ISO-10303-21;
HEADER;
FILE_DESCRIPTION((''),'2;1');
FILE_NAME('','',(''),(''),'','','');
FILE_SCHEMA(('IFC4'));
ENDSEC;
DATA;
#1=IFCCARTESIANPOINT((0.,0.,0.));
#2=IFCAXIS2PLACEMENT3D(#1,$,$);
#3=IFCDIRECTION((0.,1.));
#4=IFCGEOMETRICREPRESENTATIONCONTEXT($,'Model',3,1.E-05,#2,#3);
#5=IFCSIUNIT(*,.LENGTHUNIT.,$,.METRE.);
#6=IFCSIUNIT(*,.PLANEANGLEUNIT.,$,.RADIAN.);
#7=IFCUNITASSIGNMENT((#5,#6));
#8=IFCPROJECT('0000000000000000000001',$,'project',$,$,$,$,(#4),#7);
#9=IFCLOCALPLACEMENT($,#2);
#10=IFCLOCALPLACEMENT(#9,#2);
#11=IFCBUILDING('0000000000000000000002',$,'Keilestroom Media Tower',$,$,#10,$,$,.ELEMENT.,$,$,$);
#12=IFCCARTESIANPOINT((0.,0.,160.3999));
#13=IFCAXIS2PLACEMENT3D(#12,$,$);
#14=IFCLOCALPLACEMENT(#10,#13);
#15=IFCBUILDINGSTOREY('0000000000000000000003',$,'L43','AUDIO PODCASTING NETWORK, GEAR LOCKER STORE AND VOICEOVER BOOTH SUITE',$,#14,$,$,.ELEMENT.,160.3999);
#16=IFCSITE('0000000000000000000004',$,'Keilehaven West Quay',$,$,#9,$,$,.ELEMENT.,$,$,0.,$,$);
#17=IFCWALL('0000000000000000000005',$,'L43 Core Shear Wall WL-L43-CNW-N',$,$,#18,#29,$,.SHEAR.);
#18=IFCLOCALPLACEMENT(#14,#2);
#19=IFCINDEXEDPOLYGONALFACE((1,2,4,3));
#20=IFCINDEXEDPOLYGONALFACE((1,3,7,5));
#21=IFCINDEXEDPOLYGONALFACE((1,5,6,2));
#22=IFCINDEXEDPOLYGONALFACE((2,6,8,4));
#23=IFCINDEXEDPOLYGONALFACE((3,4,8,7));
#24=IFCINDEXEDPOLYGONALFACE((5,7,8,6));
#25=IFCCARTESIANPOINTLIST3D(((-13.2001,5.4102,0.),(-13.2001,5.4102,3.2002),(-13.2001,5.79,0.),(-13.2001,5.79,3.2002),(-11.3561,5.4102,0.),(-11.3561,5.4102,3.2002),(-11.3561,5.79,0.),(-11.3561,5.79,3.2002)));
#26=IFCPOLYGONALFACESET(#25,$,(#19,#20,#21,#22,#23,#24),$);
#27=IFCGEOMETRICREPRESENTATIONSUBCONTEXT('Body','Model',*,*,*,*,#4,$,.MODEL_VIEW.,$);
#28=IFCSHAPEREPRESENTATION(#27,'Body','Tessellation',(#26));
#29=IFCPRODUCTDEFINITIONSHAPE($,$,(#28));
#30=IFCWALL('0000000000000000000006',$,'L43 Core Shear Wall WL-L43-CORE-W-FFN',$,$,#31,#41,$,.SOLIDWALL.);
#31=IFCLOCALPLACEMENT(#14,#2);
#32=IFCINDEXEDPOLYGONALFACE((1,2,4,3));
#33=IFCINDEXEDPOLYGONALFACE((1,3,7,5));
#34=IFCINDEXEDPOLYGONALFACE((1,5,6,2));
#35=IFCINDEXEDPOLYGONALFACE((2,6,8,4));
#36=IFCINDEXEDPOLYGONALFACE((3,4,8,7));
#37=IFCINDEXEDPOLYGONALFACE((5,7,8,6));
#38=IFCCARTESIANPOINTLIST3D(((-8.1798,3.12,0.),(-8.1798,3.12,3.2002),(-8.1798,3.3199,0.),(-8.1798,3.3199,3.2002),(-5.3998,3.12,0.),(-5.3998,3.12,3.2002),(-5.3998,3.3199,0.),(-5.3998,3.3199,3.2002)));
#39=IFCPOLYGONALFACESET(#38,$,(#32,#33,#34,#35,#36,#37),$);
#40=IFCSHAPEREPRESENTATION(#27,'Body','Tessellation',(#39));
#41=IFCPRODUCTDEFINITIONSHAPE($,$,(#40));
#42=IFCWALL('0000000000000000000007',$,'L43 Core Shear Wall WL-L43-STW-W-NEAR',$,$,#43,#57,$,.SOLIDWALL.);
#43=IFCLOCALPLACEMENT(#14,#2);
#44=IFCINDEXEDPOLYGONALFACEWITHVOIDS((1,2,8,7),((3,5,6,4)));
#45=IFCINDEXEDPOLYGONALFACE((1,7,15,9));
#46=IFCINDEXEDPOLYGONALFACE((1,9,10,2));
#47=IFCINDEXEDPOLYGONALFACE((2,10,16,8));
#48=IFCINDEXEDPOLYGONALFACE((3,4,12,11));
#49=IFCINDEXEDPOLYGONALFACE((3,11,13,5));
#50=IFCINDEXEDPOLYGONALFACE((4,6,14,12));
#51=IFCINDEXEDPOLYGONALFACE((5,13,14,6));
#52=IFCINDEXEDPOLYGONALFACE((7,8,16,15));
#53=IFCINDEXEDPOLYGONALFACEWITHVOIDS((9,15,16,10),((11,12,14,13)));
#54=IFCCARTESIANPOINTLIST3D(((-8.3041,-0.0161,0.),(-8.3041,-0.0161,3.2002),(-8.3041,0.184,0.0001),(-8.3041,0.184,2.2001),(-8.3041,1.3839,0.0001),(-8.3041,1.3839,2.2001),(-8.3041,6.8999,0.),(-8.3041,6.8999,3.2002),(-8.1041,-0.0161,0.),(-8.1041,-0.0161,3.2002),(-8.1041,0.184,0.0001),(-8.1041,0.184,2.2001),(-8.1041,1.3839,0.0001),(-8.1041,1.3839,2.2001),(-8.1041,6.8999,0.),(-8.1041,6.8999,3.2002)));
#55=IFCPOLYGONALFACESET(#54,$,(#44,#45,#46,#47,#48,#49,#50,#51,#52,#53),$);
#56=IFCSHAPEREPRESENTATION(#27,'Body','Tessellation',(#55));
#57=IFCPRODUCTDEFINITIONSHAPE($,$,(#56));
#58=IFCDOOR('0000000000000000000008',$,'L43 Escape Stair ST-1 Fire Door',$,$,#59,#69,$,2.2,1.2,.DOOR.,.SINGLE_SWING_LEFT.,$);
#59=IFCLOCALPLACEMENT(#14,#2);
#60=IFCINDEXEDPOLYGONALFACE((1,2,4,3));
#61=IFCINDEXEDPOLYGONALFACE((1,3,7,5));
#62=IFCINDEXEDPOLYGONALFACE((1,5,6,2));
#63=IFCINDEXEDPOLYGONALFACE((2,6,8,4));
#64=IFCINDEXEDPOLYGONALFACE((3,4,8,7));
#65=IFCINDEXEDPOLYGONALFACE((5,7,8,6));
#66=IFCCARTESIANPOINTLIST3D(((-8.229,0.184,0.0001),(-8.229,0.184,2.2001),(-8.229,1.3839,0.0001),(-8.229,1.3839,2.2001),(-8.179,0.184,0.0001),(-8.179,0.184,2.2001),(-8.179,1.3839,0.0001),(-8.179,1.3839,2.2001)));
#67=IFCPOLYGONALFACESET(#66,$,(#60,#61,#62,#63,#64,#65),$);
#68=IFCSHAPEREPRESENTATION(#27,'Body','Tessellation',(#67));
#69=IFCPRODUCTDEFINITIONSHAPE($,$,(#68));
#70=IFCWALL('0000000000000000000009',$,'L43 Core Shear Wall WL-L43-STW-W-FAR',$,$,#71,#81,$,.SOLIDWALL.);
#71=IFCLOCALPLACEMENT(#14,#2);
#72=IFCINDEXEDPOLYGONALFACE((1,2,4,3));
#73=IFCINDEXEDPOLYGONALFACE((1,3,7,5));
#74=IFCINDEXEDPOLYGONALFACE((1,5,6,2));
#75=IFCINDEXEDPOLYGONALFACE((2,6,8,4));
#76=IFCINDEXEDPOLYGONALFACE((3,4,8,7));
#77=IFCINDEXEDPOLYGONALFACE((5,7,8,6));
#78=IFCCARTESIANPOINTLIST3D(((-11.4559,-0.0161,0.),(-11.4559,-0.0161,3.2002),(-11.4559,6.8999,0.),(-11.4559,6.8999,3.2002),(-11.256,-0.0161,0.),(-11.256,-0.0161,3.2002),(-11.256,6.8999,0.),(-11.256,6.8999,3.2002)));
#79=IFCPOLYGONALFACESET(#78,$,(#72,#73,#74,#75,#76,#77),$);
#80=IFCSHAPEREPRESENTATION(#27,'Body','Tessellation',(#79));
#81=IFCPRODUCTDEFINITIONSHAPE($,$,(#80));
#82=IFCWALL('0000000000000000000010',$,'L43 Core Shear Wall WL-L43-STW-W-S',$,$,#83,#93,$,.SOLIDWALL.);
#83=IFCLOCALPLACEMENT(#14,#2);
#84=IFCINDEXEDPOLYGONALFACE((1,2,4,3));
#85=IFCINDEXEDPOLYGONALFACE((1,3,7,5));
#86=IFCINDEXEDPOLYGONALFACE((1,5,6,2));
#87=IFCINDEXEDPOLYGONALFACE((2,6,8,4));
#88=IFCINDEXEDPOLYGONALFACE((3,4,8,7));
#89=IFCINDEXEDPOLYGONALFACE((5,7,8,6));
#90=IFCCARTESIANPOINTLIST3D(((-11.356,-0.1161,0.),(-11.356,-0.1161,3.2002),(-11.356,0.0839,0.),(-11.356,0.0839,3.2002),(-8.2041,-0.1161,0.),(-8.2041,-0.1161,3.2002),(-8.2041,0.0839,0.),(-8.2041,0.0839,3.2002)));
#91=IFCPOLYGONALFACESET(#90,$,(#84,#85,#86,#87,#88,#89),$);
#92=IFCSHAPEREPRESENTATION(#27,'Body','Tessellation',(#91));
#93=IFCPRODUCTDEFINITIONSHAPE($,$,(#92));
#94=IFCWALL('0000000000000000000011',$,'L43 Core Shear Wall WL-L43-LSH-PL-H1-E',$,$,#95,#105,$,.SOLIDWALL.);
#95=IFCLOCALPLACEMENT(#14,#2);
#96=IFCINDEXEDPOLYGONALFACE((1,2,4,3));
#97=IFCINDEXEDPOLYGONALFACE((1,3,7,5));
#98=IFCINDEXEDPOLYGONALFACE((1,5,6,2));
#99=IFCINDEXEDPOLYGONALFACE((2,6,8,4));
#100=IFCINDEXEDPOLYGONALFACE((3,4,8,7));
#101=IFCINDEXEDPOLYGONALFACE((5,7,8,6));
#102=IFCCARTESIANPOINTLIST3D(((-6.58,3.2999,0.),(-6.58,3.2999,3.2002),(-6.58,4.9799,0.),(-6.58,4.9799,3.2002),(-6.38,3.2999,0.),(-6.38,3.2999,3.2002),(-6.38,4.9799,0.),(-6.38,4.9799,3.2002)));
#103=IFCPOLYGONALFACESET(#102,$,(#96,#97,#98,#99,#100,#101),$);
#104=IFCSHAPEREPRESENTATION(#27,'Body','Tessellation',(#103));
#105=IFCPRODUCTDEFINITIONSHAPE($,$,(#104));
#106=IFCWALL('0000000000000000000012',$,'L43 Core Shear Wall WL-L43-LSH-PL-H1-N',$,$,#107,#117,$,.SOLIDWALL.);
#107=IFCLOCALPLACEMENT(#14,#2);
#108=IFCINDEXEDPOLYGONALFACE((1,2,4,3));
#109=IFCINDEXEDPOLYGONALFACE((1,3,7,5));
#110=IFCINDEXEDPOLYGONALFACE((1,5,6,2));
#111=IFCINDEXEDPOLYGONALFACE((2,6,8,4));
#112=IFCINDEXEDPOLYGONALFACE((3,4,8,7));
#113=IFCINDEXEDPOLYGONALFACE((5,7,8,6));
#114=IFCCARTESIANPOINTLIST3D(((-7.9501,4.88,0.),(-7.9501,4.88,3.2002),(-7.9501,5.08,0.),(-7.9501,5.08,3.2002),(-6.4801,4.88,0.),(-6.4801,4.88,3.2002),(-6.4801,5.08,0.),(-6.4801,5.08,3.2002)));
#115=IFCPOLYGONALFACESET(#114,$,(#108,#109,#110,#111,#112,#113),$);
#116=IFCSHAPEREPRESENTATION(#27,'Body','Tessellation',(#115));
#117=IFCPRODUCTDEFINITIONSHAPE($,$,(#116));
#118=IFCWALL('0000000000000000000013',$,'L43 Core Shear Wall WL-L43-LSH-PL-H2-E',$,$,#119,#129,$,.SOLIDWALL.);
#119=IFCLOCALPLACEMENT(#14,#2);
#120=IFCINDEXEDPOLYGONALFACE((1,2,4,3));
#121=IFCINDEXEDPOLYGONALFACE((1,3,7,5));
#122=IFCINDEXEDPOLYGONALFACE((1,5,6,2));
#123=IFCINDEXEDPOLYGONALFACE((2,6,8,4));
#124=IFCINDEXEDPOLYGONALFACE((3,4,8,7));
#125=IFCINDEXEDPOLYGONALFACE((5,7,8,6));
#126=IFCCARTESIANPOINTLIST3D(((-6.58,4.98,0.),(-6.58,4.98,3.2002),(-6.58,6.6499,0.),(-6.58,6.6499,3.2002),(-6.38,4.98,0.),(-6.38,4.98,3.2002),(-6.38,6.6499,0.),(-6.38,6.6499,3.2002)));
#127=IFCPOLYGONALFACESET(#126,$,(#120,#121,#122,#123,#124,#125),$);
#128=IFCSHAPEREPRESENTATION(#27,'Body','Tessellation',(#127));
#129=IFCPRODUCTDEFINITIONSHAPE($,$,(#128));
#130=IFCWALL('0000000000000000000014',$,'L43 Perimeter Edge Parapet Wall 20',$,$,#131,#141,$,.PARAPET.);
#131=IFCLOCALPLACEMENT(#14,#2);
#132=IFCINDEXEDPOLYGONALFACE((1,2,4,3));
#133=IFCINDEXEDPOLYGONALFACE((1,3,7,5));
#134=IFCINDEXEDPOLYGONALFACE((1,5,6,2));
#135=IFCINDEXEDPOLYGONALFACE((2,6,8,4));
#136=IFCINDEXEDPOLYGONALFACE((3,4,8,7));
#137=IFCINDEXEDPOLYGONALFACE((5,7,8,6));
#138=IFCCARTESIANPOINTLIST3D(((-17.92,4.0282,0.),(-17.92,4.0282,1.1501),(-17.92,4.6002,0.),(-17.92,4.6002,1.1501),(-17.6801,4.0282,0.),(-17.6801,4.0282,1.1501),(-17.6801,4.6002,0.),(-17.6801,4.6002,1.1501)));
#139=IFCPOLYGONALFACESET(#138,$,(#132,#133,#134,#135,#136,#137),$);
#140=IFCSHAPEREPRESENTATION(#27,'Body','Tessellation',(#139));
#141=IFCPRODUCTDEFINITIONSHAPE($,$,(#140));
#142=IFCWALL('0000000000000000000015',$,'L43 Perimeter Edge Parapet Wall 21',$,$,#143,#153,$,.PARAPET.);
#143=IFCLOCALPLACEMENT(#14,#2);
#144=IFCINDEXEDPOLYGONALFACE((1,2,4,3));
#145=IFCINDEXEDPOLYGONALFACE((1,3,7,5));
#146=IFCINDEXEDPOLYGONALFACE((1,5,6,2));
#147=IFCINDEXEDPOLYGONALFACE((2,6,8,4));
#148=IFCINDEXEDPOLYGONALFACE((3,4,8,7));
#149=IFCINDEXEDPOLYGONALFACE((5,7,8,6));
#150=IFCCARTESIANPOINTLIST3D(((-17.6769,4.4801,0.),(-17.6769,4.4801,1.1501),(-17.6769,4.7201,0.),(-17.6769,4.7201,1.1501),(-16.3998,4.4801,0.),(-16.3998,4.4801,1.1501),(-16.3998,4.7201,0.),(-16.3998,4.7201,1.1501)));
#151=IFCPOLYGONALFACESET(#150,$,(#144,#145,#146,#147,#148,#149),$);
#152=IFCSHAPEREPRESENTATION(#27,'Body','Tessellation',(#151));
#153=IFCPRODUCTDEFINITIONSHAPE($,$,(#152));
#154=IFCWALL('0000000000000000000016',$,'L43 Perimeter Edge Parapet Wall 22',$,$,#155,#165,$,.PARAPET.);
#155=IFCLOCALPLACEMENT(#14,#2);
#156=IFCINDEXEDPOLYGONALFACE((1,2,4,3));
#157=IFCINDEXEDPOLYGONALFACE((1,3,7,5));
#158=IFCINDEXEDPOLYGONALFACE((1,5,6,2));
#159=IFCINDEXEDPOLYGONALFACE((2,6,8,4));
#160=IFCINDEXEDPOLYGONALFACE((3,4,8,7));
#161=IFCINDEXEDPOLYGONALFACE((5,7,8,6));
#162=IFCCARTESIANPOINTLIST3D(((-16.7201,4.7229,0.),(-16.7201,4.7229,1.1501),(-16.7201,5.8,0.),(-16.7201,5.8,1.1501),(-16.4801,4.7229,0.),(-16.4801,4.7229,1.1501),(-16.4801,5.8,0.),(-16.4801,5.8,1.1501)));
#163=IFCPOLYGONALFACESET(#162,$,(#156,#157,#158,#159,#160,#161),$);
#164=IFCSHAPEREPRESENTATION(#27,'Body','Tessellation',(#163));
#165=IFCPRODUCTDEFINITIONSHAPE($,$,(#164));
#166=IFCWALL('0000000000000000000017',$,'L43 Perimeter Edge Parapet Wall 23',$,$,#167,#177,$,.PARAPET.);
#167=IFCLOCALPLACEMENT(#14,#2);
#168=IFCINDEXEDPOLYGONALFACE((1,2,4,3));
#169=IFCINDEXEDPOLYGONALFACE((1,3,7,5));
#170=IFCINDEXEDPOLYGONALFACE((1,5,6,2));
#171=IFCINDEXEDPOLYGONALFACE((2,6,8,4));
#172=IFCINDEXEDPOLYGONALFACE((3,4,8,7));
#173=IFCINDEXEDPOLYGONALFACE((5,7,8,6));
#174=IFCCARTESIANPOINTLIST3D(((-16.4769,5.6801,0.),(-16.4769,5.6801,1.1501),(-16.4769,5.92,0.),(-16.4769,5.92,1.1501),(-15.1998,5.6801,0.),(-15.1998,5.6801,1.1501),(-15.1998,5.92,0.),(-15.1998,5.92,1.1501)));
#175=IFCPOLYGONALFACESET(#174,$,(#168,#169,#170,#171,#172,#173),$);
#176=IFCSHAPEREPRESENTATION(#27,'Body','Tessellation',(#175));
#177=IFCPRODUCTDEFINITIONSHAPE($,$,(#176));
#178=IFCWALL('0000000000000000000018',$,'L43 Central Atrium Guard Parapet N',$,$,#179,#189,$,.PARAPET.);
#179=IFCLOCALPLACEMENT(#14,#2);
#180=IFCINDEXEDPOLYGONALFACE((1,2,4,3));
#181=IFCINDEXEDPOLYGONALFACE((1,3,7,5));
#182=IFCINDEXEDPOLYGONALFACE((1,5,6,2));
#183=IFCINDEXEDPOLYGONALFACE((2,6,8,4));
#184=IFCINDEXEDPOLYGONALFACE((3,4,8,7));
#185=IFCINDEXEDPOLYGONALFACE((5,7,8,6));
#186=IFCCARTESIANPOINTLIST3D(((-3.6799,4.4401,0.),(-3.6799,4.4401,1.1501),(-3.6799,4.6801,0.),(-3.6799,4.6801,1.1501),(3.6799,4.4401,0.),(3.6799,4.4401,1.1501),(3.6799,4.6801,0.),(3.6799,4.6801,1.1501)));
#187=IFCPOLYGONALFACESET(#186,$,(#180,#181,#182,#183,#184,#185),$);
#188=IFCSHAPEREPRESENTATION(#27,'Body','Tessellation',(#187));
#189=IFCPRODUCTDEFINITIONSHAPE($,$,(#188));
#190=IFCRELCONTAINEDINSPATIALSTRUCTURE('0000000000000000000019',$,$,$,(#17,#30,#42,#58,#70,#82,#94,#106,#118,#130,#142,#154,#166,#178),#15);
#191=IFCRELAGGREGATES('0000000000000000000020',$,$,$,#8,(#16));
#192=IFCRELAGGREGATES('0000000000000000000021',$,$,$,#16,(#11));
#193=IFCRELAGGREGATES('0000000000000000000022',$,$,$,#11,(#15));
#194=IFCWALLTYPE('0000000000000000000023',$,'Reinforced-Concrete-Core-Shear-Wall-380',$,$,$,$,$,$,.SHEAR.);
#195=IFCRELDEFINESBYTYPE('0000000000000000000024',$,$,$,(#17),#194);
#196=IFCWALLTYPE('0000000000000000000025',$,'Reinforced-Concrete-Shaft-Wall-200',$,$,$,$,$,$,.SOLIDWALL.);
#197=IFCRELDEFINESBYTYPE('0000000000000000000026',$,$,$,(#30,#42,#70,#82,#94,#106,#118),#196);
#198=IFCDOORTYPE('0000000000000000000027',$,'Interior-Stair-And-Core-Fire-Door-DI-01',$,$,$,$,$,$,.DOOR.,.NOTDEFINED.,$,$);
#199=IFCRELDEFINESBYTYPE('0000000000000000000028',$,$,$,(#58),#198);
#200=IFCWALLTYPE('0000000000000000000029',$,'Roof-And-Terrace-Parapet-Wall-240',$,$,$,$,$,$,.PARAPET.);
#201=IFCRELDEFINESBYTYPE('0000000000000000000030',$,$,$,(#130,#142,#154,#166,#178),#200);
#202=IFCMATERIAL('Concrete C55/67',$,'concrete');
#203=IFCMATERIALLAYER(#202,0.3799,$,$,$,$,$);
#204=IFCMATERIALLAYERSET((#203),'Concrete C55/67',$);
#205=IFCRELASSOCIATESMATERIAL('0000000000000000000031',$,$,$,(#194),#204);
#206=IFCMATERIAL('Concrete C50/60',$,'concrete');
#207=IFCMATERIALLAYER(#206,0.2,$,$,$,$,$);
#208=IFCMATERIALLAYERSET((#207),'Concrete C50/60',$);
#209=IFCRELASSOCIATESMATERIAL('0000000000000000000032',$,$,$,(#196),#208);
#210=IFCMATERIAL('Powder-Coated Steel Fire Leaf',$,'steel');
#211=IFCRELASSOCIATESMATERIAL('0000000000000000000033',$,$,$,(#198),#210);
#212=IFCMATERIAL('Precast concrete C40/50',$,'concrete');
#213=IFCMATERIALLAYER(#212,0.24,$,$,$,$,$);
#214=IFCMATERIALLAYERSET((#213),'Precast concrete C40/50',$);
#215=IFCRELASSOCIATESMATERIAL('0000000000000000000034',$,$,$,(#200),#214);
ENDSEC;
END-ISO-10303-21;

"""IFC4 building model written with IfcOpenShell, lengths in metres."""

from ifc_helpers import new_model, si_unit, direction, frame, frame_2d, origin, place, context, subcontext, project, spatial, rectangle, extrude, source, transform, mapped, material, layer, layer_set, type_object, element, fill, save


model = new_model("IFC4")

# Units and contexts
model_context = context("Model", 3, precision=1e-05, world=origin(), true_north=direction((0.0, 1.0)))
body_context = subcontext(model_context, "Body", "Model", "MODEL_VIEW")
ifc_project = project(units=[si_unit("LENGTHUNIT", "METRE"), si_unit("PLANEANGLEUNIT", "RADIAN")], contexts=[model_context])

# Site, building, storey
site_placement = place(None, origin())
site = spatial("IfcSite", under=ifc_project, at=site_placement, Name="Keilehaven West Quay", CompositionType="ELEMENT", RefElevation=0.0)
building_placement = place(site_placement, origin())
building = spatial("IfcBuilding", under=site, at=building_placement, Name="Keilestroom Media Tower", CompositionType="ELEMENT")
storey_placement = place(building_placement, frame((0.0, 0.0, 160.3999)))
storey = spatial("IfcBuildingStorey", under=building, at=storey_placement, Name="L43", Description="AUDIO PODCASTING NETWORK, GEAR LOCKER STORE AND VOICEOVER BOOTH SUITE", CompositionType="ELEMENT", Elevation=160.3999)

# Shared definitions
ifc_material_1 = material(Name="Precast concrete C40/50", Category="concrete")
ifc_material_2 = material(Name="Concrete C55/67", Category="concrete")

# Shared definitions
ifc_material_3 = material(Name="Concrete C50/60", Category="concrete")

# Walls
ifc_layer_1 = layer(ifc_material_2, 0.3799)
ifc_layer_set_1 = layer_set([ifc_layer_1], Name="Concrete C55/67")
wall_type_1 = type_object("IfcWallType", Name="Reinforced-Concrete-Core-Shear-Wall-380", PredefinedType="SHEAR", material=ifc_layer_set_1)
wall_1_placement = place(storey_placement, frame((-13.2, 5.6001, 0.0), z_axis=(0.0, 0.0, 1.0), x_axis=(1.0, 0.0, 0.0)))
element("IfcWall", 1, at=wall_1_placement, inside=storey, type_object=wall_type_1, Name="L43 Core Shear Wall WL-L43-CNW-N", PredefinedType="SHEAR", context=body_context, shape_type="SweptSolid", body=[
    extrude(rectangle(XDim=1.844, YDim=0.3799, at=frame_2d((0.9219, 0.0))), origin(), (0.0, 0.0, 1.0), 3.2002),
])
ifc_layer_2 = layer(ifc_material_3, 0.2)
ifc_layer_set_2 = layer_set([ifc_layer_2], Name="Concrete C50/60")
wall_type_2 = type_object("IfcWallType", Name="Reinforced-Concrete-Shaft-Wall-200", PredefinedType="SOLIDWALL", material=ifc_layer_set_2)
wall_2_placement = place(storey_placement, frame((-8.1799, 3.22, 0.0), z_axis=(0.0, 0.0, 1.0), x_axis=(1.0, 0.0, 0.0)))
element("IfcWall", 2, at=wall_2_placement, inside=storey, type_object=wall_type_2, Name="L43 Core Shear Wall WL-L43-CORE-W-FFN", PredefinedType="SOLIDWALL", context=body_context, shape_type="SweptSolid", body=[
    extrude(rectangle(XDim=2.78, YDim=0.2, at=frame_2d((1.3901, 0.0))), origin(), (0.0, 0.0, 1.0), 3.2002),
])

# Wall, opening, door
wall_3_placement = place(storey_placement, frame((-8.2041, -0.0161, 0.0), z_axis=(0.0, 0.0, 1.0), x_axis=(0.0, 1.0, 0.0)))
wall_3 = element("IfcWall", 3, at=wall_3_placement, inside=storey, type_object=wall_type_2, Name="L43 Core Shear Wall WL-L43-STW-W-NEAR", PredefinedType="SOLIDWALL", context=body_context, shape_type="SweptSolid", body=[
    extrude(rectangle(XDim=6.916, YDim=0.2, at=frame_2d((3.458, 0.0))), origin(), (0.0, 0.0, 1.0), 3.2002),
])
opening_placement = place(wall_3_placement, frame((0.2, 0.0, 0.0)))
opening = element("IfcOpeningElement", 4, at=opening_placement, cuts=wall_3, PredefinedType="OPENING", context=body_context, shape_type="SweptSolid", body=[
    extrude(rectangle(XDim=1.2, YDim=2.2, at=frame_2d((0.6001, 1.1001))), frame((0.0, 0.1099, 0.0), z_axis=(0.0, -1.0, 0.0), x_axis=(1.0, 0.0, 0.0)), (0.0, 0.0, 1.0), 0.22),
])
ifc_material_4 = material(Name="Powder-Coated Steel Fire Leaf", Category="steel")
door_type = type_object("IfcDoorType", Name="Interior-Stair-And-Core-Fire-Door-DI-01", OperationType="NOTDEFINED", PredefinedType="DOOR", material=ifc_material_4)
shared_shape_1 = source(origin(), body_context, "Body", "SweptSolid", [
    extrude(rectangle(XDim=1.2, YDim=2.2, at=frame_2d((0.6001, 1.1001))), frame((0.0, 0.0249, 0.0), z_axis=(0.0, -1.0, 0.0), x_axis=(1.0, 0.0, 0.0)), (0.0, 0.0, 1.0), 0.05),
])
door_placement = place(opening_placement, origin())
door = element("IfcDoor", 5, at=door_placement, inside=storey, type_object=door_type, Name="L43 Escape Stair ST-1 Fire Door", OperationType="SINGLE_SWING_LEFT", OverallHeight=2.2, OverallWidth=1.2, PredefinedType="DOOR", context=body_context, shape_type="MappedRepresentation", body=[
    mapped(shared_shape_1, transform((0.0, 0.0, 0.0), x_axis=(1.0, 0.0, 0.0), y_axis=(0.0, 1.0, 0.0), z_axis=(0.0, 0.0, 1.0), scale=1.0)),
])
fill(opening, door)

# Walls
wall_4_placement = place(storey_placement, frame((-11.356, -0.0161, 0.0), z_axis=(0.0, 0.0, 1.0), x_axis=(0.0, 1.0, 0.0)))
element("IfcWall", 6, at=wall_4_placement, inside=storey, type_object=wall_type_2, Name="L43 Core Shear Wall WL-L43-STW-W-FAR", PredefinedType="SOLIDWALL", context=body_context, shape_type="SweptSolid", body=[
    extrude(rectangle(XDim=6.916, YDim=0.2, at=frame_2d((3.458, 0.0))), origin(), (0.0, 0.0, 1.0), 3.2002),
])
wall_5_placement = place(storey_placement, frame((-11.356, -0.0161, 0.0), z_axis=(0.0, 0.0, 1.0), x_axis=(1.0, 0.0, 0.0)))
element("IfcWall", 7, at=wall_5_placement, inside=storey, type_object=wall_type_2, Name="L43 Core Shear Wall WL-L43-STW-W-S", PredefinedType="SOLIDWALL", context=body_context, shape_type="SweptSolid", body=[
    extrude(rectangle(XDim=3.1519, YDim=0.2, at=frame_2d((1.5759, 0.0))), origin(), (0.0, 0.0, 1.0), 3.2002),
])
wall_6_placement = place(storey_placement, frame((-6.48, 3.3, 0.0), z_axis=(0.0, 0.0, 1.0), x_axis=(0.0, 1.0, 0.0)))
element("IfcWall", 8, at=wall_6_placement, inside=storey, type_object=wall_type_2, Name="L43 Core Shear Wall WL-L43-LSH-PL-H1-E", PredefinedType="SOLIDWALL", context=body_context, shape_type="SweptSolid", body=[
    extrude(rectangle(XDim=1.6799, YDim=0.2, at=frame_2d((0.8398, 0.0))), origin(), (0.0, 0.0, 1.0), 3.2002),
])
wall_7_placement = place(storey_placement, frame((-7.95, 4.98, 0.0), z_axis=(0.0, 0.0, 1.0), x_axis=(1.0, 0.0, 0.0)))
element("IfcWall", 9, at=wall_7_placement, inside=storey, type_object=wall_type_2, Name="L43 Core Shear Wall WL-L43-LSH-PL-H1-N", PredefinedType="SOLIDWALL", context=body_context, shape_type="SweptSolid", body=[
    extrude(rectangle(XDim=1.47, YDim=0.2, at=frame_2d((0.7349, 0.0))), origin(), (0.0, 0.0, 1.0), 3.2002),
])
wall_8_placement = place(storey_placement, frame((-6.48, 4.98, 0.0), z_axis=(0.0, 0.0, 1.0), x_axis=(0.0, 1.0, 0.0)))
element("IfcWall", 10, at=wall_8_placement, inside=storey, type_object=wall_type_2, Name="L43 Core Shear Wall WL-L43-LSH-PL-H2-E", PredefinedType="SOLIDWALL", context=body_context, shape_type="SweptSolid", body=[
    extrude(rectangle(XDim=1.6699, YDim=0.2, at=frame_2d((0.835, 0.0))), origin(), (0.0, 0.0, 1.0), 3.2002),
])
ifc_layer_3 = layer(ifc_material_1, 0.24)
ifc_layer_set_3 = layer_set([ifc_layer_3], Name="Precast concrete C40/50")
wall_type_3 = type_object("IfcWallType", Name="Roof-And-Terrace-Parapet-Wall-240", PredefinedType="PARAPET", material=ifc_layer_set_3)
wall_9_placement = place(storey_placement, frame((-17.8, 4.0281, 0.0), z_axis=(0.0, 0.0, 1.0), x_axis=(0.0, 1.0, 0.0)))
element("IfcWall", 11, at=wall_9_placement, inside=storey, type_object=wall_type_3, Name="L43 Perimeter Edge Parapet Wall 20", PredefinedType="PARAPET", context=body_context, shape_type="SweptSolid", body=[
    extrude(rectangle(XDim=0.572, YDim=0.24, at=frame_2d((0.2861, 0.0))), origin(), (0.0, 0.0, 1.0), 1.1501),
])
wall_10_placement = place(storey_placement, frame((-17.677, 4.6001, 0.0), z_axis=(0.0, 0.0, 1.0), x_axis=(1.0, 0.0, 0.0)))
element("IfcWall", 12, at=wall_10_placement, inside=storey, type_object=wall_type_3, Name="L43 Perimeter Edge Parapet Wall 21", PredefinedType="PARAPET", context=body_context, shape_type="SweptSolid", body=[
    extrude(rectangle(XDim=1.2771, YDim=0.24, at=frame_2d((0.6387, 0.0))), origin(), (0.0, 0.0, 1.0), 1.1501),
])
wall_11_placement = place(storey_placement, frame((-16.6001, 4.7229, 0.0), z_axis=(0.0, 0.0, 1.0), x_axis=(0.0, 1.0, 0.0)))
element("IfcWall", 13, at=wall_11_placement, inside=storey, type_object=wall_type_3, Name="L43 Perimeter Edge Parapet Wall 22", PredefinedType="PARAPET", context=body_context, shape_type="SweptSolid", body=[
    extrude(rectangle(XDim=1.0771, YDim=0.24, at=frame_2d((0.5386, 0.0))), origin(), (0.0, 0.0, 1.0), 1.1501),
])
wall_12_placement = place(storey_placement, frame((-16.4771, 5.8, 0.0), z_axis=(0.0, 0.0, 1.0), x_axis=(1.0, 0.0, 0.0)))
element("IfcWall", 14, at=wall_12_placement, inside=storey, type_object=wall_type_3, Name="L43 Perimeter Edge Parapet Wall 23", PredefinedType="PARAPET", context=body_context, shape_type="SweptSolid", body=[
    extrude(rectangle(XDim=1.2771, YDim=0.24, at=frame_2d((0.6387, 0.0))), origin(), (0.0, 0.0, 1.0), 1.1501),
])
wall_13_placement = place(storey_placement, frame((-3.6799, 4.5601, 0.0), z_axis=(0.0, 0.0, 1.0), x_axis=(1.0, 0.0, 0.0)))
element("IfcWall", 15, at=wall_13_placement, inside=storey, type_object=wall_type_3, Name="L43 Central Atrium Guard Parapet N", PredefinedType="PARAPET", context=body_context, shape_type="SweptSolid", body=[
    extrude(rectangle(XDim=7.3599, YDim=0.24, at=frame_2d((3.6799, 0.0))), origin(), (0.0, 0.0, 1.0), 1.1501),
])

save(model, "model.ifc")
